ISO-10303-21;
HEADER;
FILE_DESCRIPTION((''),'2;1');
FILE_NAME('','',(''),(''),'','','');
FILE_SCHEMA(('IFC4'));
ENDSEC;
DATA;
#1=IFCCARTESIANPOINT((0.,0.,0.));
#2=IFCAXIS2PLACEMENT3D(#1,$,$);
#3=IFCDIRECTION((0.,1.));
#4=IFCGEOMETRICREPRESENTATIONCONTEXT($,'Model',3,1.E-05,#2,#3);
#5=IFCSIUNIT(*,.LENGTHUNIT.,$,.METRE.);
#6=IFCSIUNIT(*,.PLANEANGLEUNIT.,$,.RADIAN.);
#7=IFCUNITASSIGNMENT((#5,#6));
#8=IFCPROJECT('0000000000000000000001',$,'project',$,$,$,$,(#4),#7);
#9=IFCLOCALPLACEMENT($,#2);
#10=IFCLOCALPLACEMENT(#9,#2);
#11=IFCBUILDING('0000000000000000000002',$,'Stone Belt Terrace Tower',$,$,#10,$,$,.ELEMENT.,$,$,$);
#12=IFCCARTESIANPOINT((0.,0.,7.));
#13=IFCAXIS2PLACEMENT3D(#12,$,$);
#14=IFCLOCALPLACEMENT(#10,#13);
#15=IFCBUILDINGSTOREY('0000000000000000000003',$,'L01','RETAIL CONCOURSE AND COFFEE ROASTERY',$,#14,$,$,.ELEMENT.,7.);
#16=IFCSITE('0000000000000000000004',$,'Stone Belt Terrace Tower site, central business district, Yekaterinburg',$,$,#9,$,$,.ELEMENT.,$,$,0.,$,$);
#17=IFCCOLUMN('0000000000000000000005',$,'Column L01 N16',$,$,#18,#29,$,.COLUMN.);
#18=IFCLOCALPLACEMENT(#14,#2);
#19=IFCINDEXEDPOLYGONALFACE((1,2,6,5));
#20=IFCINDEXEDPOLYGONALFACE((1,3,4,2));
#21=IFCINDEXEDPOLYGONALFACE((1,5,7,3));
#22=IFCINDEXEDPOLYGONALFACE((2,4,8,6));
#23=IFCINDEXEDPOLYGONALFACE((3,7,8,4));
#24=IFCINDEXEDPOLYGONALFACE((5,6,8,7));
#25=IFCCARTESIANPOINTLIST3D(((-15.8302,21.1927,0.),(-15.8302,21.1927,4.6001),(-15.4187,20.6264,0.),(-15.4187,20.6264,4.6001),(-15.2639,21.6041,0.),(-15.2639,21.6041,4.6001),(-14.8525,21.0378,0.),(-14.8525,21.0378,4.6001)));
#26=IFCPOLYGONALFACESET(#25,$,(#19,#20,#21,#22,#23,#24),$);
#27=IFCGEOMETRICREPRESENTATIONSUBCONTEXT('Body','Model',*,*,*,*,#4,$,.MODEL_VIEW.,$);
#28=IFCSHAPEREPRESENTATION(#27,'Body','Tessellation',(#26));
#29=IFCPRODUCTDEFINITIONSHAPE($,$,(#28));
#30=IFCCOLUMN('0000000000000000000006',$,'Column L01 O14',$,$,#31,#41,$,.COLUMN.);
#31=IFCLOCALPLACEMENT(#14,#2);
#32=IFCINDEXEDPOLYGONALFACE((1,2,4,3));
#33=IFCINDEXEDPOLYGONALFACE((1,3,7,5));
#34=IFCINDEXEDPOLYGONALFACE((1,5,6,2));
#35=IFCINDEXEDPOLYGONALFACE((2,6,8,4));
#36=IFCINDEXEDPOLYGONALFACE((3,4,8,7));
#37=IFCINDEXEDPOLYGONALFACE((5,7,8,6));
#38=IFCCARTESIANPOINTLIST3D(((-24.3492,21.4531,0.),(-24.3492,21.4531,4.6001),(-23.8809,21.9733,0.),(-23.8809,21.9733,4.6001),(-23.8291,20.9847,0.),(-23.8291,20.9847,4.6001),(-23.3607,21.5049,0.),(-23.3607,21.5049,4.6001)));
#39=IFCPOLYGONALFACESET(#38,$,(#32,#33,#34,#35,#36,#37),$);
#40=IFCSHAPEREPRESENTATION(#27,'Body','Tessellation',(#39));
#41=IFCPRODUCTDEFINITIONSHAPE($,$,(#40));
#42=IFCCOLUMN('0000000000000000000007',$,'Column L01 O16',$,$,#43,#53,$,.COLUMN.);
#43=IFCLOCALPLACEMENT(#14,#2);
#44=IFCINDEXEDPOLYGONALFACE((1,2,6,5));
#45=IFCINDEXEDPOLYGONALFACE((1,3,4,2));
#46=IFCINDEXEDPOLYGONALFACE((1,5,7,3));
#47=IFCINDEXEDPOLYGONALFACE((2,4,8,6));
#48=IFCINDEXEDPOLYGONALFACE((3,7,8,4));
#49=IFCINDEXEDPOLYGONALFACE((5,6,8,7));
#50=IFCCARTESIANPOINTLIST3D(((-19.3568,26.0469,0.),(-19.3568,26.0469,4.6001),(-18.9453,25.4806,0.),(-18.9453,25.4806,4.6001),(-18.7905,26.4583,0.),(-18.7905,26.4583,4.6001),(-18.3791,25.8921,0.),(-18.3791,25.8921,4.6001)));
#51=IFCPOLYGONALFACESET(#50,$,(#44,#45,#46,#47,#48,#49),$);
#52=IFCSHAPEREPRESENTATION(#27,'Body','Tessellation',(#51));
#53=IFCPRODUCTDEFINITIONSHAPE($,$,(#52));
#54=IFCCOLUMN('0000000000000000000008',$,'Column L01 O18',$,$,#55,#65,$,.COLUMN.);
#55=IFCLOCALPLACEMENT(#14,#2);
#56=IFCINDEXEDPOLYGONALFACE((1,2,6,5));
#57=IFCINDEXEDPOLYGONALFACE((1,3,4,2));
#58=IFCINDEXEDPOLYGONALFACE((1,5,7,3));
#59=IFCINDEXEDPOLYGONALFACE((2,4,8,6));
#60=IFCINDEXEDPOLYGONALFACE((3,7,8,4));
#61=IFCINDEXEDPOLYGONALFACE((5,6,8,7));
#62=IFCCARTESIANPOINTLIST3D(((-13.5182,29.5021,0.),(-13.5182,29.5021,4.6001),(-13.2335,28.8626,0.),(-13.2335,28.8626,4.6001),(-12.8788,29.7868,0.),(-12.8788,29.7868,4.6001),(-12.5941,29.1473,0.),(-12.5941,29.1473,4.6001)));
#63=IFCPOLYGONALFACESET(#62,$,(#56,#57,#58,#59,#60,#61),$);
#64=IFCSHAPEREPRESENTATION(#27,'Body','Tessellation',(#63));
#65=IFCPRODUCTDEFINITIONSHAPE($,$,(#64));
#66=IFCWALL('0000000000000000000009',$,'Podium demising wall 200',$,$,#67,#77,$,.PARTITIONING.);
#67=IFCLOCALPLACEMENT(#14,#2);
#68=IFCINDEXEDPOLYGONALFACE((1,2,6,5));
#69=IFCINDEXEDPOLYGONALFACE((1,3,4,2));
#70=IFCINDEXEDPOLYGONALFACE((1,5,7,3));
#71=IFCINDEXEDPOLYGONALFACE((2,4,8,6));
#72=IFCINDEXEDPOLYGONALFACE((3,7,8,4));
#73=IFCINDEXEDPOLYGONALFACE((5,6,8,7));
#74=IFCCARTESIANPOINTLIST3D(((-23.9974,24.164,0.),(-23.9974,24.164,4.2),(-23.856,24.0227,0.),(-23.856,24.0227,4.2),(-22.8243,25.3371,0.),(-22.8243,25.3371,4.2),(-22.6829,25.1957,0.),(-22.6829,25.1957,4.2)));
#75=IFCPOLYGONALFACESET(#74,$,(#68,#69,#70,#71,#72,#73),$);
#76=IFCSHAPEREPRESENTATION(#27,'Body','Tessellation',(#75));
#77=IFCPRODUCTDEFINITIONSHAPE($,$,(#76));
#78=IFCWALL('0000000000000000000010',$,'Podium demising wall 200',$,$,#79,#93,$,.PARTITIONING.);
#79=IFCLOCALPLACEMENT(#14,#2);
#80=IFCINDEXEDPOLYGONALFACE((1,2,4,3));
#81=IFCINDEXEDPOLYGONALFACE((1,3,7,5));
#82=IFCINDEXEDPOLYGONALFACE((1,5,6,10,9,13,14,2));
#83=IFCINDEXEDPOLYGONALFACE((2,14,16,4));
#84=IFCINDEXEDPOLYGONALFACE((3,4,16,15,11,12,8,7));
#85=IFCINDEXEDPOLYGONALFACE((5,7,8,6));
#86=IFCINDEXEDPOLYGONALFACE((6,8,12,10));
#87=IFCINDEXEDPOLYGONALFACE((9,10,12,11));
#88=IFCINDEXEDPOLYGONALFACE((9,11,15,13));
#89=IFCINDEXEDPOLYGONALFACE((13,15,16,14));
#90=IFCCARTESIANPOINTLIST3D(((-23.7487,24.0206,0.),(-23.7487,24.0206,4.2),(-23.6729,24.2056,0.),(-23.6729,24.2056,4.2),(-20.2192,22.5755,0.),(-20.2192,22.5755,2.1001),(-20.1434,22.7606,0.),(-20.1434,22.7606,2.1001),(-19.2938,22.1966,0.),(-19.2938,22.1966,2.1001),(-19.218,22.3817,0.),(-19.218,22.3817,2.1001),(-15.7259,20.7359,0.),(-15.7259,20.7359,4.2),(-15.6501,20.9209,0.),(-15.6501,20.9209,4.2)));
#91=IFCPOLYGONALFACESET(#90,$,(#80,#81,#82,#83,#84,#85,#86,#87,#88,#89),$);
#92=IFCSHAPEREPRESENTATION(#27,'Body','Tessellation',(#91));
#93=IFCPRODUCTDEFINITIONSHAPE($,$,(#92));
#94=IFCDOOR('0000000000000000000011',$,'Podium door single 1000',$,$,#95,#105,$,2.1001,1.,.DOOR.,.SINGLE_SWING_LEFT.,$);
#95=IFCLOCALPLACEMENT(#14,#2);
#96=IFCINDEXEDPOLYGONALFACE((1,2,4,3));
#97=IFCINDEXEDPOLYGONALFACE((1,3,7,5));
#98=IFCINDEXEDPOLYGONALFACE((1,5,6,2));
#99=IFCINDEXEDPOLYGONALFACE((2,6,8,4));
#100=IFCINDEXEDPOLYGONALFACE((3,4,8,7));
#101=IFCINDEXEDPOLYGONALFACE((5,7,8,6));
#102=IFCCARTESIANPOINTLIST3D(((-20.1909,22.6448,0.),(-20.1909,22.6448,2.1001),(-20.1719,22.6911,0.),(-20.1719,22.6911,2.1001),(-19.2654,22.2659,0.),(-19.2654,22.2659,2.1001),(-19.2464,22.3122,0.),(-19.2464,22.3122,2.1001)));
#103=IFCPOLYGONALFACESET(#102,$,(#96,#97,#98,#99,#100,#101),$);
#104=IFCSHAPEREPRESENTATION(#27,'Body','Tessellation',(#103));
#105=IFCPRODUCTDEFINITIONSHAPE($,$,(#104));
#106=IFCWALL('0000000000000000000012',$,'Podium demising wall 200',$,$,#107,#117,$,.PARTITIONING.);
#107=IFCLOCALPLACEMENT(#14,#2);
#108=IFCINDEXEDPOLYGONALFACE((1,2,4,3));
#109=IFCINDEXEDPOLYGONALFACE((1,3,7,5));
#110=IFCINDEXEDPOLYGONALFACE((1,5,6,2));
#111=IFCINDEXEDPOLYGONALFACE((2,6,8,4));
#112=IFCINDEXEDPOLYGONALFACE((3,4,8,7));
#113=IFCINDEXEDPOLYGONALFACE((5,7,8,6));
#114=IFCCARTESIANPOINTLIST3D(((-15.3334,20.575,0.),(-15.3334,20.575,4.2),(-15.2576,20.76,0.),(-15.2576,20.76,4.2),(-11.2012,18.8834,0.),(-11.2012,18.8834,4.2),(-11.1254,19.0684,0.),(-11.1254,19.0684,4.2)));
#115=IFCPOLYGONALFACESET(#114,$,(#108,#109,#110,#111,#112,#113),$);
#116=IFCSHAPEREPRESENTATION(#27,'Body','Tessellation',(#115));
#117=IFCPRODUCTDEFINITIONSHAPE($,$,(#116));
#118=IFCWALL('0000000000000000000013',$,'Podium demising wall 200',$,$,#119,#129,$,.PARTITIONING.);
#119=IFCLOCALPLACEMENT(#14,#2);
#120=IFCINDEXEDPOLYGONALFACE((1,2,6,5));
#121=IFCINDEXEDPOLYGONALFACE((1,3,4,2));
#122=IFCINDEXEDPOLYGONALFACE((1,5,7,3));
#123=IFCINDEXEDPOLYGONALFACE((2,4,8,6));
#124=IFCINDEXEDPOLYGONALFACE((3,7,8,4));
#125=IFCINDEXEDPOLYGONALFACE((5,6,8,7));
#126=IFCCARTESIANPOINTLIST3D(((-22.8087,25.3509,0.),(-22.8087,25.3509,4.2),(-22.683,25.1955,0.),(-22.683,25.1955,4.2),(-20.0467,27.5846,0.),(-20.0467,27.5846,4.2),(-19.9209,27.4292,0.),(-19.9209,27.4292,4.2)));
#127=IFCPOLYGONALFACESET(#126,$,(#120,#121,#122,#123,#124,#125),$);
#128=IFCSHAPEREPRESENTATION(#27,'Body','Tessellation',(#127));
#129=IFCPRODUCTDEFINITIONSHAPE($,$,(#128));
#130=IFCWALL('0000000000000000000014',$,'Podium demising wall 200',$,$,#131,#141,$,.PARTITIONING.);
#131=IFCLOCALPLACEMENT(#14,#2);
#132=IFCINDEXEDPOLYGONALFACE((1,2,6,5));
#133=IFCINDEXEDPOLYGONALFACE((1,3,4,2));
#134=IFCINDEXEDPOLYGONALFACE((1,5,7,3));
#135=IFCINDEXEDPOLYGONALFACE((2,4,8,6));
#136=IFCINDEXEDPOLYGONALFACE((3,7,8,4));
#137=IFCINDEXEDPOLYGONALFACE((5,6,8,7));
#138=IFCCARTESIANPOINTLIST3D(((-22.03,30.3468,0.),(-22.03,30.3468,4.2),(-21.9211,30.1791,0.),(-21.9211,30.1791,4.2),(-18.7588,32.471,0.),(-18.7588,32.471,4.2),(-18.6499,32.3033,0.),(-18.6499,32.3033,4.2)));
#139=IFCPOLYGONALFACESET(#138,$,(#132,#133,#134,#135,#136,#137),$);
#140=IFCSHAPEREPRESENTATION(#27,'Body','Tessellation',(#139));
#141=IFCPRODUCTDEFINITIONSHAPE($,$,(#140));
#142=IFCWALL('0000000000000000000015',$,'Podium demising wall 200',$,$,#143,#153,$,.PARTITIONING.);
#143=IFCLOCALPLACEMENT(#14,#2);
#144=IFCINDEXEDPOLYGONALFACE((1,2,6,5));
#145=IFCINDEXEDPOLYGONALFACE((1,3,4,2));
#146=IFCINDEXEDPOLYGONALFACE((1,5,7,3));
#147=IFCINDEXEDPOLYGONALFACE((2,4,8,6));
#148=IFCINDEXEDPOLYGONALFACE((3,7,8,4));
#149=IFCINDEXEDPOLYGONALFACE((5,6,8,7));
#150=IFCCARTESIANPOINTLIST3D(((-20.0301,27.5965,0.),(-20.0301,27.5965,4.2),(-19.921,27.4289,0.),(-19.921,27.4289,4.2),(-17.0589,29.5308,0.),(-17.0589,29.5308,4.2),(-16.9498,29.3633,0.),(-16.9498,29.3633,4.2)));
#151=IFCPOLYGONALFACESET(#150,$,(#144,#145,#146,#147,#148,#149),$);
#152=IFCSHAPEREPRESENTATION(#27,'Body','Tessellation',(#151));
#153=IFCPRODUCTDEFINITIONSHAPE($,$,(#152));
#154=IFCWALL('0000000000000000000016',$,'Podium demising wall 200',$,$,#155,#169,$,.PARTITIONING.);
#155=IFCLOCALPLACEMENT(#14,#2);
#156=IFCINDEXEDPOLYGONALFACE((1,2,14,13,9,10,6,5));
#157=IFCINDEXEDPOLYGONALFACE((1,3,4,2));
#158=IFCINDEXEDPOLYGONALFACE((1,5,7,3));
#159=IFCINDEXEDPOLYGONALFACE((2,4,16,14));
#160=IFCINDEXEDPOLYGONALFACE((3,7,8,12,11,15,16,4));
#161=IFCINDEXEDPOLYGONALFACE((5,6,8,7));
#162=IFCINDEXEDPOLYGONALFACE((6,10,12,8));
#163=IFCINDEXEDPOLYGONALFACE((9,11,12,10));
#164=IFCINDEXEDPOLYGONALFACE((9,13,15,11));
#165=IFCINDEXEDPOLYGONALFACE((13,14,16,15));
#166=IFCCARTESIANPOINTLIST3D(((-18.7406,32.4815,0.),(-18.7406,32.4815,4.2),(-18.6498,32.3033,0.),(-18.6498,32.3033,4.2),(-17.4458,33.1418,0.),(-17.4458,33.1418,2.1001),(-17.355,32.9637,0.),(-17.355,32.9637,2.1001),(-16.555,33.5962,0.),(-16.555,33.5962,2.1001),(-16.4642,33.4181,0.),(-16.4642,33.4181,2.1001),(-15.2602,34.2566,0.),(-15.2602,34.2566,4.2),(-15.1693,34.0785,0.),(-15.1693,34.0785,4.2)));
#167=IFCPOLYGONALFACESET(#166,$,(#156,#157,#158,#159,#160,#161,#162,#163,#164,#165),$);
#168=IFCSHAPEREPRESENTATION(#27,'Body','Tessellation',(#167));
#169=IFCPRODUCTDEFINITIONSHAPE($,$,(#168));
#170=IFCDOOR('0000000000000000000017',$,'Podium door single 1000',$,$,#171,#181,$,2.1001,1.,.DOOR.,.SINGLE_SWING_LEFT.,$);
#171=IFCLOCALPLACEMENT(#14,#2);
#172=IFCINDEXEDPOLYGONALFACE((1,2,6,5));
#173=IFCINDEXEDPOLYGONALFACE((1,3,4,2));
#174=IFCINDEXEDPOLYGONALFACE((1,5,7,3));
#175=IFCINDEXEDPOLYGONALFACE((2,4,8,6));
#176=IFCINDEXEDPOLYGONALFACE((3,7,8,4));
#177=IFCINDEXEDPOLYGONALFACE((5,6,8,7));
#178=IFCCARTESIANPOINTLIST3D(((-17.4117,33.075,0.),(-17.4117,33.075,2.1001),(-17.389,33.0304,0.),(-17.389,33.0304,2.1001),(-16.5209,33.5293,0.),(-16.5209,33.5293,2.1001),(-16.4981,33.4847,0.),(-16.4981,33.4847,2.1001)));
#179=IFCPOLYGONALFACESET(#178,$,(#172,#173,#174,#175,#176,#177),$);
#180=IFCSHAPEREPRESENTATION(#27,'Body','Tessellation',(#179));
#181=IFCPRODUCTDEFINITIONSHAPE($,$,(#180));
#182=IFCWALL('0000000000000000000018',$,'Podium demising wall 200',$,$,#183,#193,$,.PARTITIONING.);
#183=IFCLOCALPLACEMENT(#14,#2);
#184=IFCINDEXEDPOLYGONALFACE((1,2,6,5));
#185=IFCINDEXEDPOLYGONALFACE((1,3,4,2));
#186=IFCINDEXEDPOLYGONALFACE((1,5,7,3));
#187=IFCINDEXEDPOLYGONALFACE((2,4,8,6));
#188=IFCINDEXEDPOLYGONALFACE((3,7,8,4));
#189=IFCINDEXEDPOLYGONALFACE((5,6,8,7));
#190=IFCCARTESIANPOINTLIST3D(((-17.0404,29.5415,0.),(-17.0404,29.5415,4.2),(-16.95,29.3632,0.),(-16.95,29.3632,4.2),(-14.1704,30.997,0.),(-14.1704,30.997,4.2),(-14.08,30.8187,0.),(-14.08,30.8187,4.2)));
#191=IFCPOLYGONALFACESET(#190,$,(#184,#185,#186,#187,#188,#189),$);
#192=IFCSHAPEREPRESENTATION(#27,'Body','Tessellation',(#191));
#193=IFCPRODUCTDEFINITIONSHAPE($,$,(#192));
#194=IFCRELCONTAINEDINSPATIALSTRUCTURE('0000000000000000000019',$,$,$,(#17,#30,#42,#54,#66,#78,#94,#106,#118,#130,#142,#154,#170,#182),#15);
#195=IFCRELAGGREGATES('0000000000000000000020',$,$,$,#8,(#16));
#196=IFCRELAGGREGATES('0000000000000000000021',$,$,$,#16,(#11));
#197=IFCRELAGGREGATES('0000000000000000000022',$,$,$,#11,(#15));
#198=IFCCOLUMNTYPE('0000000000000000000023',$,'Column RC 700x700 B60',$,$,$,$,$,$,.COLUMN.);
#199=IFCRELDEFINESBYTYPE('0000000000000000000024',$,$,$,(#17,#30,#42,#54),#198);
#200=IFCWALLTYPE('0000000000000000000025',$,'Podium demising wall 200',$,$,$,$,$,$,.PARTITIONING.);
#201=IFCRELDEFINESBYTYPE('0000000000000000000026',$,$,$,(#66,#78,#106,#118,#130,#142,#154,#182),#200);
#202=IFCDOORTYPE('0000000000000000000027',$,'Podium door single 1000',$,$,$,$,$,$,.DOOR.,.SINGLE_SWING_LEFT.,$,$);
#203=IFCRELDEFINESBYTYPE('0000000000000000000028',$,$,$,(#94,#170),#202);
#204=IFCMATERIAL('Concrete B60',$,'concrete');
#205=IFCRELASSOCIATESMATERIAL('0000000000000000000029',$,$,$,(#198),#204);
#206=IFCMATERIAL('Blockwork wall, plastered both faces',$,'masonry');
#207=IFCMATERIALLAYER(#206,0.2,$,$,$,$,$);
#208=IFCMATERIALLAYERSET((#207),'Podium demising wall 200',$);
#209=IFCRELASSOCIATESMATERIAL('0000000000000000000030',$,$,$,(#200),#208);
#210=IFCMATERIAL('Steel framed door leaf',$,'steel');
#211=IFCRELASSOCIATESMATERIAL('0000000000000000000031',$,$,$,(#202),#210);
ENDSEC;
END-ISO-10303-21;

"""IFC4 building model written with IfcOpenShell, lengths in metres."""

from ifc_helpers import new_model, si_unit, direction, frame, frame_2d, origin, origin_2d, place, context, subcontext, project, spatial, rectangle, extrude, material, layer, layer_set, material_profile, profile_set, type_object, element, fill, save


model = new_model("IFC4")

# Units and contexts
model_context = context("Model", 3, precision=1e-05, world=origin(), true_north=direction((0.0, 1.0)))
body_context = subcontext(model_context, "Body", "Model", "MODEL_VIEW")
ifc_project = project(units=[si_unit("LENGTHUNIT", "METRE"), si_unit("PLANEANGLEUNIT", "RADIAN")], contexts=[model_context])

# Site, building, storey
site_placement = place(None, origin())
site = spatial("IfcSite", under=ifc_project, at=site_placement, Name="Stone Belt Terrace Tower site, central business district, Yekaterinburg", CompositionType="ELEMENT", RefElevation=0.0)
building_placement = place(site_placement, origin())
building = spatial("IfcBuilding", under=site, at=building_placement, Name="Stone Belt Terrace Tower", CompositionType="ELEMENT")
storey_placement = place(building_placement, frame((0.0, 0.0, 7.0)))
storey = spatial("IfcBuildingStorey", under=building, at=storey_placement, Name="L01", Description="RETAIL CONCOURSE AND COFFEE ROASTERY", CompositionType="ELEMENT", Elevation=7.0)

# Columns
ifc_material_1 = material(Name="Concrete B60", Category="concrete")
ifc_material_profile = material_profile(ifc_material_1, rectangle(XDim=0.7, YDim=0.7, at=origin_2d()), Name="RC 700x700")
ifc_profile_set = profile_set([ifc_material_profile], Name="Concrete B60")
column_type = type_object("IfcColumnType", Name="Column RC 700x700 B60", PredefinedType="COLUMN", material=ifc_profile_set)
for number, where, z_axis, x_axis, name in (
    (1, (-15.3413, 21.1152, 0.0), (0.0, 0.0, 1.0), (0.809017, 0.587785, 0.0), "Column L01 N16"),
    (2, (-23.855, 21.479, 0.0), (0.0, 0.0, 1.0), (0.669131, 0.743145, 0.0), "Column L01 O14"),
    (3, (-18.8679, 25.9695, 0.0), (0.0, 0.0, 1.0), (0.809017, 0.587785, 0.0), "Column L01 O16"),
    (4, (-13.0562, 29.3247, 0.0), (0.0, 0.0, 1.0), (0.913545, 0.406737, 0.0), "Column L01 O18"),
):
    element("IfcColumn", number, at=place(storey_placement, frame(where, z_axis=z_axis, x_axis=x_axis)), inside=storey, type_object=column_type, Name=name, PredefinedType="COLUMN", context=body_context, shape_type="SweptSolid", body=[
        extrude(rectangle(XDim=0.7, YDim=0.7, at=origin_2d()), origin(), (0.0, 0.0, 1.0), 4.6001),
    ])

# Wall
ifc_material_2 = material(Name="Blockwork wall, plastered both faces", Category="masonry")
ifc_layer_1 = layer(ifc_material_2, 0.2)
ifc_layer_set_1 = layer_set([ifc_layer_1], Name="Podium demising wall 200")
wall_type_1 = type_object("IfcWallType", Name="Podium demising wall 200", PredefinedType="PARTITIONING", material=ifc_layer_set_1)
wall_1_placement = place(storey_placement, frame((-23.9268, 24.0933, 0.0), z_axis=(0.0, 0.0, 1.0), x_axis=(0.707107, 0.707107, 0.0)))
element("IfcWall", 5, at=wall_1_placement, inside=storey, type_object=wall_type_1, Name="Podium demising wall 200", PredefinedType="PARTITIONING", context=body_context, shape_type="SweptSolid", body=[
    extrude(rectangle(XDim=1.6589, YDim=0.2, at=frame_2d((0.8296, 0.0))), origin(), (0.0, 0.0, 1.0), 4.2),
])

# Wall, opening, door
wall_2_placement = place(storey_placement, frame((-23.7107, 24.113, 0.0), z_axis=(0.0, 0.0, 1.0), x_axis=(0.92544, -0.378895, 0.0)))
wall_2 = element("IfcWall", 6, at=wall_2_placement, inside=storey, type_object=wall_type_1, Name="Podium demising wall 200", PredefinedType="PARTITIONING", context=body_context, shape_type="SweptSolid", body=[
    extrude(rectangle(XDim=8.6692, YDim=0.2, at=frame_2d((4.3345, 0.0))), origin(), (0.0, 0.0, 1.0), 4.2),
])
opening_1_placement = place(wall_2_placement, frame((3.8137, 0.0, 0.0)))
opening_1 = element("IfcOpeningElement", 7, at=opening_1_placement, cuts=wall_2, PredefinedType="OPENING", context=body_context, shape_type="SweptSolid", body=[
    extrude(rectangle(XDim=1.0, YDim=2.1001, at=frame_2d((0.5, 1.05))), frame((0.0, 0.1099, 0.0), z_axis=(0.0, -1.0, 0.0), x_axis=(1.0, 0.0, 0.0)), (0.0, 0.0, 1.0), 0.22),
])
ifc_material_3 = material(Name="Steel framed door leaf", Category="steel")
door_type_1 = type_object("IfcDoorType", Name="Podium door single 1000", OperationType="SINGLE_SWING_LEFT", PredefinedType="DOOR", material=ifc_material_3)
door_1_placement = place(opening_1_placement, origin())
door_1 = element("IfcDoor", 8, at=door_1_placement, inside=storey, type_object=door_type_1, Name="Podium door single 1000", OperationType="SINGLE_SWING_LEFT", OverallHeight=2.1001, OverallWidth=1.0, PredefinedType="DOOR", context=body_context, shape_type="SweptSolid", body=[
    extrude(rectangle(XDim=1.0, YDim=2.1001, at=frame_2d((0.5, 1.05))), frame((0.0, 0.0249, 0.0), z_axis=(0.0, -1.0, 0.0), x_axis=(1.0, 0.0, 0.0)), (0.0, 0.0, 1.0), 0.05),
])
fill(opening_1, door_1)

# Walls
wall_3_placement = place(storey_placement, frame((-15.2954, 20.6675, 0.0), z_axis=(0.0, 0.0, 1.0), x_axis=(0.925456, -0.378854, 0.0)))
element("IfcWall", 9, at=wall_3_placement, inside=storey, type_object=wall_type_1, Name="Podium demising wall 200", PredefinedType="PARTITIONING", context=body_context, shape_type="SweptSolid", body=[
    extrude(rectangle(XDim=4.4651, YDim=0.2, at=frame_2d((2.2324, 0.0))), origin(), (0.0, 0.0, 1.0), 4.2),
])
wall_4_placement = place(storey_placement, frame((-22.7458, 25.2732, 0.0), z_axis=(0.0, 0.0, 1.0), x_axis=(0.777552, 0.628819, 0.0)))
element("IfcWall", 10, at=wall_4_placement, inside=storey, type_object=wall_type_1, Name="Podium demising wall 200", PredefinedType="PARTITIONING", context=body_context, shape_type="SweptSolid", body=[
    extrude(rectangle(XDim=3.5522, YDim=0.2, at=frame_2d((1.7761, 0.0))), origin(), (0.0, 0.0, 1.0), 4.2),
])
wall_5_placement = place(storey_placement, frame((-21.9756, 30.2629, 0.0), z_axis=(0.0, 0.0, 1.0), x_axis=(0.838682, 0.544621, 0.0)))
element("IfcWall", 11, at=wall_5_placement, inside=storey, type_object=wall_type_1, Name="Podium demising wall 200", PredefinedType="PARTITIONING", context=body_context, shape_type="SweptSolid", body=[
    extrude(rectangle(XDim=3.9004, YDim=0.2, at=frame_2d((1.9502, 0.0))), origin(), (0.0, 0.0, 1.0), 4.2),
])
wall_6_placement = place(storey_placement, frame((-19.9756, 27.5127, 0.0), z_axis=(0.0, 0.0, 1.0), x_axis=(0.83805, 0.545593, 0.0)))
element("IfcWall", 12, at=wall_6_placement, inside=storey, type_object=wall_type_1, Name="Podium demising wall 200", PredefinedType="PARTITIONING", context=body_context, shape_type="SweptSolid", body=[
    extrude(rectangle(XDim=3.5454, YDim=0.2, at=frame_2d((1.7727, 0.0))), origin(), (0.0, 0.0, 1.0), 4.2),
])

# Wall, opening, door
wall_7_placement = place(storey_placement, frame((-18.6953, 32.3923, 0.0), z_axis=(0.0, 0.0, 1.0), x_axis=(0.890824, 0.454348, 0.0)))
wall_7 = element("IfcWall", 13, at=wall_7_placement, inside=storey, type_object=wall_type_1, Name="Podium demising wall 200", PredefinedType="PARTITIONING", context=body_context, shape_type="SweptSolid", body=[
    extrude(rectangle(XDim=3.907, YDim=0.2, at=frame_2d((1.9536, 0.0))), origin(), (0.0, 0.0, 1.0), 4.2),
])
opening_2_placement = place(wall_7_placement, frame((1.4536, 0.0, 0.0)))
opening_2 = element("IfcOpeningElement", 14, at=opening_2_placement, cuts=wall_7, PredefinedType="OPENING", context=body_context, shape_type="SweptSolid", body=[
    extrude(rectangle(XDim=1.0, YDim=2.1001, at=frame_2d((0.5, 1.05))), frame((0.0, 0.1099, 0.0), z_axis=(0.0, -1.0, 0.0), x_axis=(1.0, 0.0, 0.0)), (0.0, 0.0, 1.0), 0.22),
])
door_2_placement = place(opening_2_placement, origin())
door_2 = element("IfcDoor", 15, at=door_2_placement, inside=storey, type_object=door_type_1, Name="Podium door single 1000", OperationType="SINGLE_SWING_LEFT", OverallHeight=2.1001, OverallWidth=1.0, PredefinedType="DOOR", context=body_context, shape_type="SweptSolid", body=[
    extrude(rectangle(XDim=1.0, YDim=2.1001, at=frame_2d((0.5, 1.05))), frame((0.0, 0.0249, 0.0), z_axis=(0.0, -1.0, 0.0), x_axis=(1.0, 0.0, 0.0)), (0.0, 0.0, 1.0), 0.05),
])
fill(opening_2, door_2)

# Wall
wall_8_placement = place(storey_placement, frame((-16.9951, 29.4524, 0.0), z_axis=(0.0, 0.0, 1.0), x_axis=(0.891864, 0.452304, 0.0)))
element("IfcWall", 16, at=wall_8_placement, inside=storey, type_object=wall_type_1, Name="Podium demising wall 200", PredefinedType="PARTITIONING", context=body_context, shape_type="SweptSolid", body=[
    extrude(rectangle(XDim=3.218, YDim=0.2, at=frame_2d((1.6089, 0.0))), origin(), (0.0, 0.0, 1.0), 4.2),
])

save(model, "model.ifc")
